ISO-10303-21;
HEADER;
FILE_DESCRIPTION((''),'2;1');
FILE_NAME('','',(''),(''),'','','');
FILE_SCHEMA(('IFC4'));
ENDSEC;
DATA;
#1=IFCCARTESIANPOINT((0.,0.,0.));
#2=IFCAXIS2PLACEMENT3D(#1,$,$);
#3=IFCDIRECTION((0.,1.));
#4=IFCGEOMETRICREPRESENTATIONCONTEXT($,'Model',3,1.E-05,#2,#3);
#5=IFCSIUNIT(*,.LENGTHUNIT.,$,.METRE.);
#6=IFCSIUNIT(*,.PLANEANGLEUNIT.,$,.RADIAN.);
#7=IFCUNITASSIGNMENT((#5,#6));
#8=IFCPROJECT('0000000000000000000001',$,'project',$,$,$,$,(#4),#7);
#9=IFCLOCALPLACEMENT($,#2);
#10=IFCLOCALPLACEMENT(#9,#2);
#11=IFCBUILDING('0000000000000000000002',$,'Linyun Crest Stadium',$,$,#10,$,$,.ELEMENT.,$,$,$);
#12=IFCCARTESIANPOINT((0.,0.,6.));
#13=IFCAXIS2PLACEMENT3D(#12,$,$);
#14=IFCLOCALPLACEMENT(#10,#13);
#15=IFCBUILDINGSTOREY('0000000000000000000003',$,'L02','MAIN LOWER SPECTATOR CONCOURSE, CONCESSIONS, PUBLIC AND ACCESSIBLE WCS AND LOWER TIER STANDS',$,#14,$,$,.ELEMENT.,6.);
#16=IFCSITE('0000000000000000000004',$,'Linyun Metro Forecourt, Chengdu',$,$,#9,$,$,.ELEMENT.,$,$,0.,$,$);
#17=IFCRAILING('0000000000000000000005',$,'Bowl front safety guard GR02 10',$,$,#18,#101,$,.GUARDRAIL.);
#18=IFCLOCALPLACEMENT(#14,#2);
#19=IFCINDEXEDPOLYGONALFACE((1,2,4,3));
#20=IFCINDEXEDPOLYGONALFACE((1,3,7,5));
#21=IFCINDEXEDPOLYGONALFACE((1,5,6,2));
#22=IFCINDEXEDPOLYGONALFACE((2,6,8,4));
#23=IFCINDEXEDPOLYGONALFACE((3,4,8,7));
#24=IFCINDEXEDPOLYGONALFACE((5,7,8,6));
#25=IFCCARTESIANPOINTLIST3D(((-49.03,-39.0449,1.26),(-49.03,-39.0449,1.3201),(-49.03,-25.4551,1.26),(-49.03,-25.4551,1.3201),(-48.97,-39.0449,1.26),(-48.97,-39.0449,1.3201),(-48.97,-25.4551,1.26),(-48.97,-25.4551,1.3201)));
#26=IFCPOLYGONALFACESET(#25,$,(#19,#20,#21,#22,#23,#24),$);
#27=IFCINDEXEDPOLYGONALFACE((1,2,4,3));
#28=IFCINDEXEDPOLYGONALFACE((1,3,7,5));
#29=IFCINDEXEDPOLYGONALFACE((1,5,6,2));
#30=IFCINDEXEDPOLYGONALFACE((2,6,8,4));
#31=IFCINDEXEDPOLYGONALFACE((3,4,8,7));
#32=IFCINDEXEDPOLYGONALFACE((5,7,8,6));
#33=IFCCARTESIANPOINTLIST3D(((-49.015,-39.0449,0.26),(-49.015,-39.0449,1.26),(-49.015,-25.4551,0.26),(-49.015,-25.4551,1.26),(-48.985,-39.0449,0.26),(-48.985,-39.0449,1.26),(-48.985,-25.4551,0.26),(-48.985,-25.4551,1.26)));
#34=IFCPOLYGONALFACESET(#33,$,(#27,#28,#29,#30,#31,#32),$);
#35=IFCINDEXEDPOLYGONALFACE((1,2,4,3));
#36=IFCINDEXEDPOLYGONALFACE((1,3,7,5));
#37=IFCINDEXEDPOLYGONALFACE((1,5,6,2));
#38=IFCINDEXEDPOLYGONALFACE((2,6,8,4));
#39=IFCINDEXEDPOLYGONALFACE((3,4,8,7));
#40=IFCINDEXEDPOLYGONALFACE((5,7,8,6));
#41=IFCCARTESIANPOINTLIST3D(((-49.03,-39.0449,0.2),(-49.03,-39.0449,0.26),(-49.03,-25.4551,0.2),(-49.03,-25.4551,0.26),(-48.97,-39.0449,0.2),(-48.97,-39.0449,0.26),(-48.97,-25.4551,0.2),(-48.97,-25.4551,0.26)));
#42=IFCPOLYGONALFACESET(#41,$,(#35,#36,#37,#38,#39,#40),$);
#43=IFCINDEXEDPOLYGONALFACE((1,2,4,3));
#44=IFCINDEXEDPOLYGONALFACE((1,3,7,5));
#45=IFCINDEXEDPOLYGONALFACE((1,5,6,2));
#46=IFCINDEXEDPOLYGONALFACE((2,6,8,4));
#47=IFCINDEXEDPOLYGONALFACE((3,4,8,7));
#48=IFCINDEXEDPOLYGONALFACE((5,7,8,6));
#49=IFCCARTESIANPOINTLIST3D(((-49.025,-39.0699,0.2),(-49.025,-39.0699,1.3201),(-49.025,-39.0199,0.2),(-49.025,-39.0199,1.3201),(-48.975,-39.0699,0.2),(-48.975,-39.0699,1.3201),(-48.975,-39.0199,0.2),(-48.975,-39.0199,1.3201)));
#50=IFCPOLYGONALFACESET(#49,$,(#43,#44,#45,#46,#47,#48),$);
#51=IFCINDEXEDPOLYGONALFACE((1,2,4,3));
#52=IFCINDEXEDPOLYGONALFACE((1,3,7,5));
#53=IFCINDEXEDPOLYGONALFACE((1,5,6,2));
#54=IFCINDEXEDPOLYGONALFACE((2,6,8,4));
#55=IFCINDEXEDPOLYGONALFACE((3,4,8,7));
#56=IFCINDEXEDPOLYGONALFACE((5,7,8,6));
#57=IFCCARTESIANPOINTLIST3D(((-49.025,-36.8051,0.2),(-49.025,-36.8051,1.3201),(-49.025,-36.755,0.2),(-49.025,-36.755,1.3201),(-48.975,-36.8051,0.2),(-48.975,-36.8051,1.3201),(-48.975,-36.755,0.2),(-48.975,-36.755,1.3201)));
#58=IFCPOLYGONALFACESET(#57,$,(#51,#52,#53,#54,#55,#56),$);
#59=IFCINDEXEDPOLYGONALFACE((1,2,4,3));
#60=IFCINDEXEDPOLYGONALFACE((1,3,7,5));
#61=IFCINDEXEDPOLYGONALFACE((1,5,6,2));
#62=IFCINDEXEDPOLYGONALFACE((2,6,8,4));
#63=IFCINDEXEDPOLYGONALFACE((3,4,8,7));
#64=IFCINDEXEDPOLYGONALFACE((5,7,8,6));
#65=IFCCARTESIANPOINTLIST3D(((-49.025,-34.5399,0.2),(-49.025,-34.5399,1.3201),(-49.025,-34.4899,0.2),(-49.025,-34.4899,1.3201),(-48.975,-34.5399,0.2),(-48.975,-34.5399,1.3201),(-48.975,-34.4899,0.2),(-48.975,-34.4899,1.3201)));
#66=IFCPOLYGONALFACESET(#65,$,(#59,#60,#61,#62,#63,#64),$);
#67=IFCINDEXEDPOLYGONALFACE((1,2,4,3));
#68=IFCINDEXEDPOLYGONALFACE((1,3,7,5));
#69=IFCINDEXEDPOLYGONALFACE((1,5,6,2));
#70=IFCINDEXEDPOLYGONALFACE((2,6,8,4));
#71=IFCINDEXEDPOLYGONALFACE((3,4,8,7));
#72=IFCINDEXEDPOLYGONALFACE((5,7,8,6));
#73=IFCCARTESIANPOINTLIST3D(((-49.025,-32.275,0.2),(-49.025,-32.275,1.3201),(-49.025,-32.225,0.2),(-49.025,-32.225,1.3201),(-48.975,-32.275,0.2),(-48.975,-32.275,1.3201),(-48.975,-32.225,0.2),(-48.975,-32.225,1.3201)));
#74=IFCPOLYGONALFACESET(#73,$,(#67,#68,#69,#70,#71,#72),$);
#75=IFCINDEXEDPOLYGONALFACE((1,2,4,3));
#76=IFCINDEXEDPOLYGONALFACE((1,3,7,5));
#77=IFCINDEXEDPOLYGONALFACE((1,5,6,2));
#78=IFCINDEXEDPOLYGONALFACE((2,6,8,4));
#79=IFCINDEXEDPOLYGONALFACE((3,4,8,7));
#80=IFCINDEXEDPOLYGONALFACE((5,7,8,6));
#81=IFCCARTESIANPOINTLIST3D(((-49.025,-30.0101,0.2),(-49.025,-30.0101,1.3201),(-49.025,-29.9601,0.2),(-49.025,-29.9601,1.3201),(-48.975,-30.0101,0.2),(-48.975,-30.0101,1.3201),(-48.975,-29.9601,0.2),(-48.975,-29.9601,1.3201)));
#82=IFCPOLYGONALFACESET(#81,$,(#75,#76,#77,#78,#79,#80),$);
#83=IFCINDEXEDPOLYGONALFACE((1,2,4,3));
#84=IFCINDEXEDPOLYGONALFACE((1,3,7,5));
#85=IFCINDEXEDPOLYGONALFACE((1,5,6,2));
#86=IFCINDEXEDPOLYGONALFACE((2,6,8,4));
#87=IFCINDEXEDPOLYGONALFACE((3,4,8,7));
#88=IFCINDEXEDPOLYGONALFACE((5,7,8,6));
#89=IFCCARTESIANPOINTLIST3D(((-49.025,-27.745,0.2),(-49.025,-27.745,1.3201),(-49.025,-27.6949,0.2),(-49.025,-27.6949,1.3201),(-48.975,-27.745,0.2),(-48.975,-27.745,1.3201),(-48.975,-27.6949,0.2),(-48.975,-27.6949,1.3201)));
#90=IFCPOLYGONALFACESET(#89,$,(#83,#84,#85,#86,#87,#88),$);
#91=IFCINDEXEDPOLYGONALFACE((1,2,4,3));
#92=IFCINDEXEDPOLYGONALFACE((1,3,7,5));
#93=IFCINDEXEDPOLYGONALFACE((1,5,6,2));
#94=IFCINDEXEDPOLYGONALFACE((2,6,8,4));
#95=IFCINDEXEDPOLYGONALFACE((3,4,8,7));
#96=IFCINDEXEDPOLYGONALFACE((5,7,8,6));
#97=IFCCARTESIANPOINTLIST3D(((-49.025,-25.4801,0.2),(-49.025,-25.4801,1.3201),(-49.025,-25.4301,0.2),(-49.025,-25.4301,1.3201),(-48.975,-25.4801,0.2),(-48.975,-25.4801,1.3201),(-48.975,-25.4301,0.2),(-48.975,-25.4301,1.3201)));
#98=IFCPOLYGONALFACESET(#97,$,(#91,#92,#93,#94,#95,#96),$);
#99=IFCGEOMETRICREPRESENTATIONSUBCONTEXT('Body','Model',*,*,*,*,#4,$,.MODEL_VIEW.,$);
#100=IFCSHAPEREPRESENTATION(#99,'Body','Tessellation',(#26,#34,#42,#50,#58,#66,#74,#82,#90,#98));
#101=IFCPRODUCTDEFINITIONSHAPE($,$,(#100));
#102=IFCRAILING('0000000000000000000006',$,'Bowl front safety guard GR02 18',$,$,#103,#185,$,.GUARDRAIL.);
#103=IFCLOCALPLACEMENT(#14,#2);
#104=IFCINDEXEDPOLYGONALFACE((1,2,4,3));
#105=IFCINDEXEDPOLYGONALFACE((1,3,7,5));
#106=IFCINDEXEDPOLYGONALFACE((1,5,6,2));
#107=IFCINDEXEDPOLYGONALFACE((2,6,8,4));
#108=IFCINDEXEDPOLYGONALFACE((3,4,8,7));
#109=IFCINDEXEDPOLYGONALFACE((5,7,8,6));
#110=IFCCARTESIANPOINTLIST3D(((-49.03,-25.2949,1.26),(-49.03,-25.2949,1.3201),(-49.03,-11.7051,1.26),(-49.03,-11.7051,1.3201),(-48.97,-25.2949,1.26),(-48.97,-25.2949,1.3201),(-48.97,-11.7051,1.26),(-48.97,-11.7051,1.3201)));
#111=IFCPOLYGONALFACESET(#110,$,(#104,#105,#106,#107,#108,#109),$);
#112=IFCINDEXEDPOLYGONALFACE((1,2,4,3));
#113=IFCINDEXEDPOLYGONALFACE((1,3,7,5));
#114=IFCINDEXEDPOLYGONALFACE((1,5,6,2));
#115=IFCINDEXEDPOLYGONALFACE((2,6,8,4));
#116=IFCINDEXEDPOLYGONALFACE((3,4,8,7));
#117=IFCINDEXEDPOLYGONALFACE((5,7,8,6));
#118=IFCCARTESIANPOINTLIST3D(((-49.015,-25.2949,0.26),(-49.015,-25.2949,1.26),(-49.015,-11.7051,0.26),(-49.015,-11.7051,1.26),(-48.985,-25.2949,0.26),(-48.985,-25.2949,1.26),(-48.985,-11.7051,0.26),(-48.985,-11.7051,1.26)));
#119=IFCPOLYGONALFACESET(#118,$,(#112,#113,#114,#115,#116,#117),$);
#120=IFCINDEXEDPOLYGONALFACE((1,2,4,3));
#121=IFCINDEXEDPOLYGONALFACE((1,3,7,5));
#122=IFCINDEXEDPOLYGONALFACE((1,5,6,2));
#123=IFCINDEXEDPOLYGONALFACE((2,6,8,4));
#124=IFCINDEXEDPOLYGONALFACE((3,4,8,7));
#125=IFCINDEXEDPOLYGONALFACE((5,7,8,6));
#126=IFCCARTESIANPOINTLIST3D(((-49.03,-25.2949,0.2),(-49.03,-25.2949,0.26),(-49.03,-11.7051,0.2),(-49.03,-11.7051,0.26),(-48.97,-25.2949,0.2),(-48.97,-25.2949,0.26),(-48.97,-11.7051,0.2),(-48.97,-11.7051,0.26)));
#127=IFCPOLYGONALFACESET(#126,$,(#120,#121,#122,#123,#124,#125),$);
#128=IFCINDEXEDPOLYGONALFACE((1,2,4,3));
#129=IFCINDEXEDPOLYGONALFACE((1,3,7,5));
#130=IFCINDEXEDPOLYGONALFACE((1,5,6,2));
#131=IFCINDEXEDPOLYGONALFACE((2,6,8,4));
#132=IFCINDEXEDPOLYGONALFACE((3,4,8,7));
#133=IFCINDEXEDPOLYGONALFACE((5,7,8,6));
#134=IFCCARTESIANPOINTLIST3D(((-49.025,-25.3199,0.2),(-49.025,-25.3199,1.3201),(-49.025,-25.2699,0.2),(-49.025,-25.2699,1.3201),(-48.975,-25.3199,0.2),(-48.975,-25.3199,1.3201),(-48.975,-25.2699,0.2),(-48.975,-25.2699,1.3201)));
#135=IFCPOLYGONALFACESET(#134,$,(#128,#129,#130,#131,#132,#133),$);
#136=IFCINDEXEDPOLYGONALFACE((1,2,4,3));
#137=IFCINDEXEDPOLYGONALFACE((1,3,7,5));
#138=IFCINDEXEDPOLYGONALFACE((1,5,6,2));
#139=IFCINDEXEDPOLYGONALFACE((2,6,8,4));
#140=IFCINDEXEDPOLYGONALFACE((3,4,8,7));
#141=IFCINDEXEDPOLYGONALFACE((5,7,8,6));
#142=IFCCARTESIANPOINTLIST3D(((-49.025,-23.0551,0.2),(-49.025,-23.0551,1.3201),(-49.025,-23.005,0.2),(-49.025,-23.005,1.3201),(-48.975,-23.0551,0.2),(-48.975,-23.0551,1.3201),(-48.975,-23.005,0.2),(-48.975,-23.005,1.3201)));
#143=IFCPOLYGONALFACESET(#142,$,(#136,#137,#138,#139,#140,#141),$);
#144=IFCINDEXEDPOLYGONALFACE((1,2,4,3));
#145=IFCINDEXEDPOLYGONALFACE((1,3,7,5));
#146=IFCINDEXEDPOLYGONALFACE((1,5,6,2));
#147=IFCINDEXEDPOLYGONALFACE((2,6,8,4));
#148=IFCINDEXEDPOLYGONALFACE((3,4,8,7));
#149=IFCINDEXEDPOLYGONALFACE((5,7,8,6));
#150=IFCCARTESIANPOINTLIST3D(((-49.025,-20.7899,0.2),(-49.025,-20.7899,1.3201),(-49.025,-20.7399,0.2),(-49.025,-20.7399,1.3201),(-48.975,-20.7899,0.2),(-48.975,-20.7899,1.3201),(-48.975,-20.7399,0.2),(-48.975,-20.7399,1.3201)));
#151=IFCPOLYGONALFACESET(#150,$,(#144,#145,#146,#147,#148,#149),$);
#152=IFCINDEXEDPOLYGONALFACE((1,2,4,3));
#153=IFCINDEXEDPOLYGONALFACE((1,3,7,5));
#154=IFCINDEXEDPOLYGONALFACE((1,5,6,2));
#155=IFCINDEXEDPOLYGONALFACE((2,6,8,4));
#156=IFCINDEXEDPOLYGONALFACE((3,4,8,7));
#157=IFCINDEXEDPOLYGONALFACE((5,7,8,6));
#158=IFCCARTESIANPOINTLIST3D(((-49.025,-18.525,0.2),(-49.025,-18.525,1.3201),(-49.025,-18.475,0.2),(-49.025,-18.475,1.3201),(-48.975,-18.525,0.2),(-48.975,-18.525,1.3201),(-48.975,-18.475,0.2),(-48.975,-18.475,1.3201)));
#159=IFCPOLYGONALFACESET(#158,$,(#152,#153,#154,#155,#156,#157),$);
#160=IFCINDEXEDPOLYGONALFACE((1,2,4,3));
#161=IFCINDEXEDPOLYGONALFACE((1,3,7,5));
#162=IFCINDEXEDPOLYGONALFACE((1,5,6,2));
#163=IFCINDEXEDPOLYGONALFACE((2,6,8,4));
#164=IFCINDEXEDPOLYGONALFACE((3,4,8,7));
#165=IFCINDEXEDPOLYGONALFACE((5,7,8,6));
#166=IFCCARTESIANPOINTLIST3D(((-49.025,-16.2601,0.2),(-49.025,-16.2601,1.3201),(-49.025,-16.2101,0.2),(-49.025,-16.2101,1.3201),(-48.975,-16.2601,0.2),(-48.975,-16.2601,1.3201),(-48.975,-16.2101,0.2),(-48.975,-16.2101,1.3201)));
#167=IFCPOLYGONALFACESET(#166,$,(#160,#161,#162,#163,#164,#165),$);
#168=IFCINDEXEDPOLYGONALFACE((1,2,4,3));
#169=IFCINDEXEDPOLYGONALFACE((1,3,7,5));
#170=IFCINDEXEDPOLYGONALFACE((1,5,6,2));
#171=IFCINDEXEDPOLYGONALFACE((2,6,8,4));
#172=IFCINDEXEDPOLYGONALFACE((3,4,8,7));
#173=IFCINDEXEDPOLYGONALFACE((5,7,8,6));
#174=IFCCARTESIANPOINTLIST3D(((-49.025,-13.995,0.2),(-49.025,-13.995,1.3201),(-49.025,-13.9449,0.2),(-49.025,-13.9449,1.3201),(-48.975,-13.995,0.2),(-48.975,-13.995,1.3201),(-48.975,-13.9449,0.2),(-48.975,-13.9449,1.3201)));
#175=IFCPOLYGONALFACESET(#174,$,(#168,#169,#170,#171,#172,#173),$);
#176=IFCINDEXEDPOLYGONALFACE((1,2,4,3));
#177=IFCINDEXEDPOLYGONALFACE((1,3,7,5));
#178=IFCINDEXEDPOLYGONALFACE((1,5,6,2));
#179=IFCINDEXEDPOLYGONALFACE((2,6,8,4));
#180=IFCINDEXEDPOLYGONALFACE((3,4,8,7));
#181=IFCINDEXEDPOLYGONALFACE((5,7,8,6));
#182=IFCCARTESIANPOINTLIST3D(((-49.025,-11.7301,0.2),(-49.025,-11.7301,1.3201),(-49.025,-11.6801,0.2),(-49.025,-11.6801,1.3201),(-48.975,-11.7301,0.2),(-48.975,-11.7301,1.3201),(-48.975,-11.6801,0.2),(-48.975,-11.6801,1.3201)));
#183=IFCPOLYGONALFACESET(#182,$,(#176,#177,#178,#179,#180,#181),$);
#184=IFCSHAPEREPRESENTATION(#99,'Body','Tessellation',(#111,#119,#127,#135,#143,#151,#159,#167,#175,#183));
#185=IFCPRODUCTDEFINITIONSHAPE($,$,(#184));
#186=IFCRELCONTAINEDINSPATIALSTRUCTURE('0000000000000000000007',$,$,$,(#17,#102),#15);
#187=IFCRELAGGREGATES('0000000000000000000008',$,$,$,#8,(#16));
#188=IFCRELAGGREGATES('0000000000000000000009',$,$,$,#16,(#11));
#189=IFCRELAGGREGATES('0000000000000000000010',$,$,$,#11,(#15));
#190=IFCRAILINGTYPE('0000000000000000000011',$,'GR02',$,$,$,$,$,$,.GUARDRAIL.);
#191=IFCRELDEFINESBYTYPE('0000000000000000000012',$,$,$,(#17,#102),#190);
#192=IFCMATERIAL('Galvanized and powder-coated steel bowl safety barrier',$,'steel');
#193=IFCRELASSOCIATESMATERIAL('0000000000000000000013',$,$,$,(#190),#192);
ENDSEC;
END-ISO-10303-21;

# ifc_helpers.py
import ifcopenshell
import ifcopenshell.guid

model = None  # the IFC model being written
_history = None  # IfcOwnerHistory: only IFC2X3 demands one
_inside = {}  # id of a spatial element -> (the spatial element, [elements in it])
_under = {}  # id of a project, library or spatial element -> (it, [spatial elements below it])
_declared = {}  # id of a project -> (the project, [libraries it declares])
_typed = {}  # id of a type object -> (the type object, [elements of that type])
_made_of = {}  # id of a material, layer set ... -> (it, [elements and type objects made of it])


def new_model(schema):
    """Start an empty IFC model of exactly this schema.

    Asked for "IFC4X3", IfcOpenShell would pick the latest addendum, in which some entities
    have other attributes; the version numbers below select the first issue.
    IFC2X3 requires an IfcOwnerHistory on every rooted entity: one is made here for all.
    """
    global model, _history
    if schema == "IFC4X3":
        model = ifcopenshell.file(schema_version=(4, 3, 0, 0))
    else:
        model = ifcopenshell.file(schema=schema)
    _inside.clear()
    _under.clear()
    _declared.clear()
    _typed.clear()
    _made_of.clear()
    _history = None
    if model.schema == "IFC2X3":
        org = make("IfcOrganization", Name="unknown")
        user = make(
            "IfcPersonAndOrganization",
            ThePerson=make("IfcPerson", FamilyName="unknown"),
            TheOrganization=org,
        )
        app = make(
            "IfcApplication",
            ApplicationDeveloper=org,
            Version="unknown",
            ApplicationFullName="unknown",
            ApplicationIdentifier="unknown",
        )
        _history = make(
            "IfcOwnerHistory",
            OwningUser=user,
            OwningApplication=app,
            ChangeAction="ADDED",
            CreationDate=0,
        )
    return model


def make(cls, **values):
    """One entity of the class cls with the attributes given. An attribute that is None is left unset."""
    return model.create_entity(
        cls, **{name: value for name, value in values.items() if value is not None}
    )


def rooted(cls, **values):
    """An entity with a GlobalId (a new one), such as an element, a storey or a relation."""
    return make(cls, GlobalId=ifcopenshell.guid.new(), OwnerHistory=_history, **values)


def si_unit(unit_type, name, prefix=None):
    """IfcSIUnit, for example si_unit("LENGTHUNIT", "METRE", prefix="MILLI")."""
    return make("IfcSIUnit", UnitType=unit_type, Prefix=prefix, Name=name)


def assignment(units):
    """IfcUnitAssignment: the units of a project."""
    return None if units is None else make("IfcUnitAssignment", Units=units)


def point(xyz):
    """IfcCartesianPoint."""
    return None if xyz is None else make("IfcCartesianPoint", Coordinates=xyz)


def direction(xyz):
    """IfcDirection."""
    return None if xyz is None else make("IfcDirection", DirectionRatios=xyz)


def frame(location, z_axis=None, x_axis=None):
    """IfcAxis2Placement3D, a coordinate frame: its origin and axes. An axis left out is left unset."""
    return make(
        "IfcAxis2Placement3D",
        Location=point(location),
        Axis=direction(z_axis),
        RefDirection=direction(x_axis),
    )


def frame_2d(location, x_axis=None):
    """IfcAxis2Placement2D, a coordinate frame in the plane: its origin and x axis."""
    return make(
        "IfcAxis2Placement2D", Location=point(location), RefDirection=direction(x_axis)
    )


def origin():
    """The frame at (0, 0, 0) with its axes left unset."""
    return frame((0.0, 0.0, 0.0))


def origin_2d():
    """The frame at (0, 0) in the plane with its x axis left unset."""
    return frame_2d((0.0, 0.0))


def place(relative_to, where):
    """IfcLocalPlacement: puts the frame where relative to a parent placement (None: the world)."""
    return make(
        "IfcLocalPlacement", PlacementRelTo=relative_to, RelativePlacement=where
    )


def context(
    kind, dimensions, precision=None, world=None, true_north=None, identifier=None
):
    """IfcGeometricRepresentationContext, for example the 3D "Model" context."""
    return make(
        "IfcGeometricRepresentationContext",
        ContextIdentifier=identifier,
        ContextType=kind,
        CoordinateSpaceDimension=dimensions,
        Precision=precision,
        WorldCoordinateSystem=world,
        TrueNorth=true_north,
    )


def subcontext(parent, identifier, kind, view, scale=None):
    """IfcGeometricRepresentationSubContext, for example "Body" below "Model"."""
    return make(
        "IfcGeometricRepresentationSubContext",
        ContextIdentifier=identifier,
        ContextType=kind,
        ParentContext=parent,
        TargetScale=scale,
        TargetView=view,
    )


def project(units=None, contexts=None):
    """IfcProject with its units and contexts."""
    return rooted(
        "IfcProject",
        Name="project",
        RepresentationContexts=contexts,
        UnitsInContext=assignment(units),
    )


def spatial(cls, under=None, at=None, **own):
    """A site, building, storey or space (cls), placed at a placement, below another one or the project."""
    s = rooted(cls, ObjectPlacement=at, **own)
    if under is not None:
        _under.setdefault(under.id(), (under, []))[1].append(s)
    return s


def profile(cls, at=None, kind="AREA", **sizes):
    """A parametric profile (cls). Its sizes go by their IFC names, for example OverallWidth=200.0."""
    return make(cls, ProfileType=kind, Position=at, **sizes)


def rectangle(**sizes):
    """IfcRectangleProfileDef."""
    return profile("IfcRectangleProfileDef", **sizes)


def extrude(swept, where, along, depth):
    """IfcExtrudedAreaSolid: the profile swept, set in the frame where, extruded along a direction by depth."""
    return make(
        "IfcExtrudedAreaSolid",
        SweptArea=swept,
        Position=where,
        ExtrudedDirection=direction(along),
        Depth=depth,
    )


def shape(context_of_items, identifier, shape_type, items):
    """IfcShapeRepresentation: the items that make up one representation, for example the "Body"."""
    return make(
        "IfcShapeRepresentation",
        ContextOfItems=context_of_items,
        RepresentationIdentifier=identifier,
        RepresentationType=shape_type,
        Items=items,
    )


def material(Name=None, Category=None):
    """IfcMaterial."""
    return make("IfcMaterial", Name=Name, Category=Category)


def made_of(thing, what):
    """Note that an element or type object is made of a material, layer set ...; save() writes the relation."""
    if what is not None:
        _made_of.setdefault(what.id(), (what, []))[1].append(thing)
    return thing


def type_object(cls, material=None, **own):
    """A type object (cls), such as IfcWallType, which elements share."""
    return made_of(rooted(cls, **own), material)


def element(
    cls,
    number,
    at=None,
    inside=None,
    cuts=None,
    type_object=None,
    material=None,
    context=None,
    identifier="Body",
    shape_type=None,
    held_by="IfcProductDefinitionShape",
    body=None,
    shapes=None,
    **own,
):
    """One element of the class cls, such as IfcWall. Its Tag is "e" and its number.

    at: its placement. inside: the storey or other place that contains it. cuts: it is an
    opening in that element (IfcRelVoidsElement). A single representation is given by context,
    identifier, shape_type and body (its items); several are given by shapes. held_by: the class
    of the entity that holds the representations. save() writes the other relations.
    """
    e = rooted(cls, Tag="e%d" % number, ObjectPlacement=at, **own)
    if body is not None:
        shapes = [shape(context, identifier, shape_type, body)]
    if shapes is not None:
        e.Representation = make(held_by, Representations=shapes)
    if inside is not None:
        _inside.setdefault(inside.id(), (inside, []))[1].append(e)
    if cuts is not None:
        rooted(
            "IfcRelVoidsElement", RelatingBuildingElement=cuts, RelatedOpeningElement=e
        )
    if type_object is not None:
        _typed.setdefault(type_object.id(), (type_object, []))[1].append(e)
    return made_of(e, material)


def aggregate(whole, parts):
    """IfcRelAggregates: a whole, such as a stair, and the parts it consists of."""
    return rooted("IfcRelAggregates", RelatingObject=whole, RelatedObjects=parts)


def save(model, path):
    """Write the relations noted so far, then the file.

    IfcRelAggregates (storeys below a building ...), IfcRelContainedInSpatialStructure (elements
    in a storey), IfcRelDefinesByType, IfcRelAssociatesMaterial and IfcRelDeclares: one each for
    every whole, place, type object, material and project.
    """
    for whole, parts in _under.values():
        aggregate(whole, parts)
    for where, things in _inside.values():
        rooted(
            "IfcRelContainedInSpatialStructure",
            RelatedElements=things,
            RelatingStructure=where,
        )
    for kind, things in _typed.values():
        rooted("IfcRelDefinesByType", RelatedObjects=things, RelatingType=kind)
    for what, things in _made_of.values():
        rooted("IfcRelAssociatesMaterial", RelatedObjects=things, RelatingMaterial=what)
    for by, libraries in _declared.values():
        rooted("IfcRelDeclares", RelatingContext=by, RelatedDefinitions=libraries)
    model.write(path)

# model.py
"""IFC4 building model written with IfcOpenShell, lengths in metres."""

from ifc_helpers import new_model, si_unit, direction, frame, origin, origin_2d, place, context, subcontext, project, spatial, rectangle, extrude, material, type_object, element, save


model = new_model("IFC4")

# Units and contexts
model_context = context("Model", 3, precision=1e-05, world=origin(), true_north=direction((0.0, 1.0)))
body_context = subcontext(model_context, "Body", "Model", "MODEL_VIEW")
ifc_project = project(units=[si_unit("LENGTHUNIT", "METRE"), si_unit("PLANEANGLEUNIT", "RADIAN")], contexts=[model_context])

# Site, building, storey
site_placement = place(None, origin())
site = spatial("IfcSite", under=ifc_project, at=site_placement, Name="Linyun Metro Forecourt, Chengdu", CompositionType="ELEMENT", RefElevation=0.0)
building_placement = place(site_placement, origin())
building = spatial("IfcBuilding", under=site, at=building_placement, Name="Linyun Crest Stadium", CompositionType="ELEMENT")
storey_placement = place(building_placement, frame((0.0, 0.0, 6.0)))
storey = spatial("IfcBuildingStorey", under=building, at=storey_placement, Name="L02", Description="MAIN LOWER SPECTATOR CONCOURSE, CONCESSIONS, PUBLIC AND ACCESSIBLE WCS AND LOWER TIER STANDS", CompositionType="ELEMENT", Elevation=6.0)

# Railings
ifc_material_1 = material(Name="Galvanized and powder-coated steel bowl safety barrier", Category="steel")
railing_type_1 = type_object("IfcRailingType", Name="GR02", PredefinedType="GUARDRAIL", material=ifc_material_1)
for number, where, name in (
    (1, (-49.0, -39.0449, 0.2), "Bowl front safety guard GR02 10"),
    (2, (-49.0, -25.2949, 0.2), "Bowl front safety guard GR02 18"),
):
    element("IfcRailing", number, at=place(storey_placement, frame(where)), inside=storey, type_object=railing_type_1, Name=name, PredefinedType="GUARDRAIL", context=body_context, shape_type="SweptSolid", body=[
        extrude(rectangle(XDim=0.0601, YDim=0.0601, at=origin_2d()), frame((0.0, 0.0, 1.0901), z_axis=(0.0, 1.0, 0.0), x_axis=(-1.0, 0.0, 0.0)), (0.0, 0.0, 1.0), 13.5898),
        extrude(rectangle(XDim=0.03, YDim=1.0, at=origin_2d()), frame((0.0, 0.0, 0.5601), z_axis=(0.0, 1.0, 0.0), x_axis=(-1.0, 0.0, 0.0)), (0.0, 0.0, 1.0), 13.5898),
        extrude(rectangle(XDim=0.0601, YDim=0.0601, at=origin_2d()), frame((0.0, 0.0, 0.03), z_axis=(0.0, 1.0, 0.0), x_axis=(-1.0, 0.0, 0.0)), (0.0, 0.0, 1.0), 13.5898),
        extrude(rectangle(XDim=0.05, YDim=0.05, at=origin_2d()), origin(), (0.0, 0.0, 1.0), 1.1201),
        extrude(rectangle(XDim=0.05, YDim=0.05, at=origin_2d()), frame((0.0, 2.2649, 0.0)), (0.0, 0.0, 1.0), 1.1201),
        extrude(rectangle(XDim=0.05, YDim=0.05, at=origin_2d()), frame((0.0, 4.53, 0.0)), (0.0, 0.0, 1.0), 1.1201),
        extrude(rectangle(XDim=0.05, YDim=0.05, at=origin_2d()), frame((0.0, 6.7949, 0.0)), (0.0, 0.0, 1.0), 1.1201),
        extrude(rectangle(XDim=0.05, YDim=0.05, at=origin_2d()), frame((0.0, 9.0598, 0.0)), (0.0, 0.0, 1.0), 1.1201),
        extrude(rectangle(XDim=0.05, YDim=0.05, at=origin_2d()), frame((0.0, 11.325, 0.0)), (0.0, 0.0, 1.0), 1.1201),
        extrude(rectangle(XDim=0.05, YDim=0.05, at=origin_2d()), frame((0.0, 13.5898, 0.0)), (0.0, 0.0, 1.0), 1.1201),
    ])

save(model, "model.ifc")
